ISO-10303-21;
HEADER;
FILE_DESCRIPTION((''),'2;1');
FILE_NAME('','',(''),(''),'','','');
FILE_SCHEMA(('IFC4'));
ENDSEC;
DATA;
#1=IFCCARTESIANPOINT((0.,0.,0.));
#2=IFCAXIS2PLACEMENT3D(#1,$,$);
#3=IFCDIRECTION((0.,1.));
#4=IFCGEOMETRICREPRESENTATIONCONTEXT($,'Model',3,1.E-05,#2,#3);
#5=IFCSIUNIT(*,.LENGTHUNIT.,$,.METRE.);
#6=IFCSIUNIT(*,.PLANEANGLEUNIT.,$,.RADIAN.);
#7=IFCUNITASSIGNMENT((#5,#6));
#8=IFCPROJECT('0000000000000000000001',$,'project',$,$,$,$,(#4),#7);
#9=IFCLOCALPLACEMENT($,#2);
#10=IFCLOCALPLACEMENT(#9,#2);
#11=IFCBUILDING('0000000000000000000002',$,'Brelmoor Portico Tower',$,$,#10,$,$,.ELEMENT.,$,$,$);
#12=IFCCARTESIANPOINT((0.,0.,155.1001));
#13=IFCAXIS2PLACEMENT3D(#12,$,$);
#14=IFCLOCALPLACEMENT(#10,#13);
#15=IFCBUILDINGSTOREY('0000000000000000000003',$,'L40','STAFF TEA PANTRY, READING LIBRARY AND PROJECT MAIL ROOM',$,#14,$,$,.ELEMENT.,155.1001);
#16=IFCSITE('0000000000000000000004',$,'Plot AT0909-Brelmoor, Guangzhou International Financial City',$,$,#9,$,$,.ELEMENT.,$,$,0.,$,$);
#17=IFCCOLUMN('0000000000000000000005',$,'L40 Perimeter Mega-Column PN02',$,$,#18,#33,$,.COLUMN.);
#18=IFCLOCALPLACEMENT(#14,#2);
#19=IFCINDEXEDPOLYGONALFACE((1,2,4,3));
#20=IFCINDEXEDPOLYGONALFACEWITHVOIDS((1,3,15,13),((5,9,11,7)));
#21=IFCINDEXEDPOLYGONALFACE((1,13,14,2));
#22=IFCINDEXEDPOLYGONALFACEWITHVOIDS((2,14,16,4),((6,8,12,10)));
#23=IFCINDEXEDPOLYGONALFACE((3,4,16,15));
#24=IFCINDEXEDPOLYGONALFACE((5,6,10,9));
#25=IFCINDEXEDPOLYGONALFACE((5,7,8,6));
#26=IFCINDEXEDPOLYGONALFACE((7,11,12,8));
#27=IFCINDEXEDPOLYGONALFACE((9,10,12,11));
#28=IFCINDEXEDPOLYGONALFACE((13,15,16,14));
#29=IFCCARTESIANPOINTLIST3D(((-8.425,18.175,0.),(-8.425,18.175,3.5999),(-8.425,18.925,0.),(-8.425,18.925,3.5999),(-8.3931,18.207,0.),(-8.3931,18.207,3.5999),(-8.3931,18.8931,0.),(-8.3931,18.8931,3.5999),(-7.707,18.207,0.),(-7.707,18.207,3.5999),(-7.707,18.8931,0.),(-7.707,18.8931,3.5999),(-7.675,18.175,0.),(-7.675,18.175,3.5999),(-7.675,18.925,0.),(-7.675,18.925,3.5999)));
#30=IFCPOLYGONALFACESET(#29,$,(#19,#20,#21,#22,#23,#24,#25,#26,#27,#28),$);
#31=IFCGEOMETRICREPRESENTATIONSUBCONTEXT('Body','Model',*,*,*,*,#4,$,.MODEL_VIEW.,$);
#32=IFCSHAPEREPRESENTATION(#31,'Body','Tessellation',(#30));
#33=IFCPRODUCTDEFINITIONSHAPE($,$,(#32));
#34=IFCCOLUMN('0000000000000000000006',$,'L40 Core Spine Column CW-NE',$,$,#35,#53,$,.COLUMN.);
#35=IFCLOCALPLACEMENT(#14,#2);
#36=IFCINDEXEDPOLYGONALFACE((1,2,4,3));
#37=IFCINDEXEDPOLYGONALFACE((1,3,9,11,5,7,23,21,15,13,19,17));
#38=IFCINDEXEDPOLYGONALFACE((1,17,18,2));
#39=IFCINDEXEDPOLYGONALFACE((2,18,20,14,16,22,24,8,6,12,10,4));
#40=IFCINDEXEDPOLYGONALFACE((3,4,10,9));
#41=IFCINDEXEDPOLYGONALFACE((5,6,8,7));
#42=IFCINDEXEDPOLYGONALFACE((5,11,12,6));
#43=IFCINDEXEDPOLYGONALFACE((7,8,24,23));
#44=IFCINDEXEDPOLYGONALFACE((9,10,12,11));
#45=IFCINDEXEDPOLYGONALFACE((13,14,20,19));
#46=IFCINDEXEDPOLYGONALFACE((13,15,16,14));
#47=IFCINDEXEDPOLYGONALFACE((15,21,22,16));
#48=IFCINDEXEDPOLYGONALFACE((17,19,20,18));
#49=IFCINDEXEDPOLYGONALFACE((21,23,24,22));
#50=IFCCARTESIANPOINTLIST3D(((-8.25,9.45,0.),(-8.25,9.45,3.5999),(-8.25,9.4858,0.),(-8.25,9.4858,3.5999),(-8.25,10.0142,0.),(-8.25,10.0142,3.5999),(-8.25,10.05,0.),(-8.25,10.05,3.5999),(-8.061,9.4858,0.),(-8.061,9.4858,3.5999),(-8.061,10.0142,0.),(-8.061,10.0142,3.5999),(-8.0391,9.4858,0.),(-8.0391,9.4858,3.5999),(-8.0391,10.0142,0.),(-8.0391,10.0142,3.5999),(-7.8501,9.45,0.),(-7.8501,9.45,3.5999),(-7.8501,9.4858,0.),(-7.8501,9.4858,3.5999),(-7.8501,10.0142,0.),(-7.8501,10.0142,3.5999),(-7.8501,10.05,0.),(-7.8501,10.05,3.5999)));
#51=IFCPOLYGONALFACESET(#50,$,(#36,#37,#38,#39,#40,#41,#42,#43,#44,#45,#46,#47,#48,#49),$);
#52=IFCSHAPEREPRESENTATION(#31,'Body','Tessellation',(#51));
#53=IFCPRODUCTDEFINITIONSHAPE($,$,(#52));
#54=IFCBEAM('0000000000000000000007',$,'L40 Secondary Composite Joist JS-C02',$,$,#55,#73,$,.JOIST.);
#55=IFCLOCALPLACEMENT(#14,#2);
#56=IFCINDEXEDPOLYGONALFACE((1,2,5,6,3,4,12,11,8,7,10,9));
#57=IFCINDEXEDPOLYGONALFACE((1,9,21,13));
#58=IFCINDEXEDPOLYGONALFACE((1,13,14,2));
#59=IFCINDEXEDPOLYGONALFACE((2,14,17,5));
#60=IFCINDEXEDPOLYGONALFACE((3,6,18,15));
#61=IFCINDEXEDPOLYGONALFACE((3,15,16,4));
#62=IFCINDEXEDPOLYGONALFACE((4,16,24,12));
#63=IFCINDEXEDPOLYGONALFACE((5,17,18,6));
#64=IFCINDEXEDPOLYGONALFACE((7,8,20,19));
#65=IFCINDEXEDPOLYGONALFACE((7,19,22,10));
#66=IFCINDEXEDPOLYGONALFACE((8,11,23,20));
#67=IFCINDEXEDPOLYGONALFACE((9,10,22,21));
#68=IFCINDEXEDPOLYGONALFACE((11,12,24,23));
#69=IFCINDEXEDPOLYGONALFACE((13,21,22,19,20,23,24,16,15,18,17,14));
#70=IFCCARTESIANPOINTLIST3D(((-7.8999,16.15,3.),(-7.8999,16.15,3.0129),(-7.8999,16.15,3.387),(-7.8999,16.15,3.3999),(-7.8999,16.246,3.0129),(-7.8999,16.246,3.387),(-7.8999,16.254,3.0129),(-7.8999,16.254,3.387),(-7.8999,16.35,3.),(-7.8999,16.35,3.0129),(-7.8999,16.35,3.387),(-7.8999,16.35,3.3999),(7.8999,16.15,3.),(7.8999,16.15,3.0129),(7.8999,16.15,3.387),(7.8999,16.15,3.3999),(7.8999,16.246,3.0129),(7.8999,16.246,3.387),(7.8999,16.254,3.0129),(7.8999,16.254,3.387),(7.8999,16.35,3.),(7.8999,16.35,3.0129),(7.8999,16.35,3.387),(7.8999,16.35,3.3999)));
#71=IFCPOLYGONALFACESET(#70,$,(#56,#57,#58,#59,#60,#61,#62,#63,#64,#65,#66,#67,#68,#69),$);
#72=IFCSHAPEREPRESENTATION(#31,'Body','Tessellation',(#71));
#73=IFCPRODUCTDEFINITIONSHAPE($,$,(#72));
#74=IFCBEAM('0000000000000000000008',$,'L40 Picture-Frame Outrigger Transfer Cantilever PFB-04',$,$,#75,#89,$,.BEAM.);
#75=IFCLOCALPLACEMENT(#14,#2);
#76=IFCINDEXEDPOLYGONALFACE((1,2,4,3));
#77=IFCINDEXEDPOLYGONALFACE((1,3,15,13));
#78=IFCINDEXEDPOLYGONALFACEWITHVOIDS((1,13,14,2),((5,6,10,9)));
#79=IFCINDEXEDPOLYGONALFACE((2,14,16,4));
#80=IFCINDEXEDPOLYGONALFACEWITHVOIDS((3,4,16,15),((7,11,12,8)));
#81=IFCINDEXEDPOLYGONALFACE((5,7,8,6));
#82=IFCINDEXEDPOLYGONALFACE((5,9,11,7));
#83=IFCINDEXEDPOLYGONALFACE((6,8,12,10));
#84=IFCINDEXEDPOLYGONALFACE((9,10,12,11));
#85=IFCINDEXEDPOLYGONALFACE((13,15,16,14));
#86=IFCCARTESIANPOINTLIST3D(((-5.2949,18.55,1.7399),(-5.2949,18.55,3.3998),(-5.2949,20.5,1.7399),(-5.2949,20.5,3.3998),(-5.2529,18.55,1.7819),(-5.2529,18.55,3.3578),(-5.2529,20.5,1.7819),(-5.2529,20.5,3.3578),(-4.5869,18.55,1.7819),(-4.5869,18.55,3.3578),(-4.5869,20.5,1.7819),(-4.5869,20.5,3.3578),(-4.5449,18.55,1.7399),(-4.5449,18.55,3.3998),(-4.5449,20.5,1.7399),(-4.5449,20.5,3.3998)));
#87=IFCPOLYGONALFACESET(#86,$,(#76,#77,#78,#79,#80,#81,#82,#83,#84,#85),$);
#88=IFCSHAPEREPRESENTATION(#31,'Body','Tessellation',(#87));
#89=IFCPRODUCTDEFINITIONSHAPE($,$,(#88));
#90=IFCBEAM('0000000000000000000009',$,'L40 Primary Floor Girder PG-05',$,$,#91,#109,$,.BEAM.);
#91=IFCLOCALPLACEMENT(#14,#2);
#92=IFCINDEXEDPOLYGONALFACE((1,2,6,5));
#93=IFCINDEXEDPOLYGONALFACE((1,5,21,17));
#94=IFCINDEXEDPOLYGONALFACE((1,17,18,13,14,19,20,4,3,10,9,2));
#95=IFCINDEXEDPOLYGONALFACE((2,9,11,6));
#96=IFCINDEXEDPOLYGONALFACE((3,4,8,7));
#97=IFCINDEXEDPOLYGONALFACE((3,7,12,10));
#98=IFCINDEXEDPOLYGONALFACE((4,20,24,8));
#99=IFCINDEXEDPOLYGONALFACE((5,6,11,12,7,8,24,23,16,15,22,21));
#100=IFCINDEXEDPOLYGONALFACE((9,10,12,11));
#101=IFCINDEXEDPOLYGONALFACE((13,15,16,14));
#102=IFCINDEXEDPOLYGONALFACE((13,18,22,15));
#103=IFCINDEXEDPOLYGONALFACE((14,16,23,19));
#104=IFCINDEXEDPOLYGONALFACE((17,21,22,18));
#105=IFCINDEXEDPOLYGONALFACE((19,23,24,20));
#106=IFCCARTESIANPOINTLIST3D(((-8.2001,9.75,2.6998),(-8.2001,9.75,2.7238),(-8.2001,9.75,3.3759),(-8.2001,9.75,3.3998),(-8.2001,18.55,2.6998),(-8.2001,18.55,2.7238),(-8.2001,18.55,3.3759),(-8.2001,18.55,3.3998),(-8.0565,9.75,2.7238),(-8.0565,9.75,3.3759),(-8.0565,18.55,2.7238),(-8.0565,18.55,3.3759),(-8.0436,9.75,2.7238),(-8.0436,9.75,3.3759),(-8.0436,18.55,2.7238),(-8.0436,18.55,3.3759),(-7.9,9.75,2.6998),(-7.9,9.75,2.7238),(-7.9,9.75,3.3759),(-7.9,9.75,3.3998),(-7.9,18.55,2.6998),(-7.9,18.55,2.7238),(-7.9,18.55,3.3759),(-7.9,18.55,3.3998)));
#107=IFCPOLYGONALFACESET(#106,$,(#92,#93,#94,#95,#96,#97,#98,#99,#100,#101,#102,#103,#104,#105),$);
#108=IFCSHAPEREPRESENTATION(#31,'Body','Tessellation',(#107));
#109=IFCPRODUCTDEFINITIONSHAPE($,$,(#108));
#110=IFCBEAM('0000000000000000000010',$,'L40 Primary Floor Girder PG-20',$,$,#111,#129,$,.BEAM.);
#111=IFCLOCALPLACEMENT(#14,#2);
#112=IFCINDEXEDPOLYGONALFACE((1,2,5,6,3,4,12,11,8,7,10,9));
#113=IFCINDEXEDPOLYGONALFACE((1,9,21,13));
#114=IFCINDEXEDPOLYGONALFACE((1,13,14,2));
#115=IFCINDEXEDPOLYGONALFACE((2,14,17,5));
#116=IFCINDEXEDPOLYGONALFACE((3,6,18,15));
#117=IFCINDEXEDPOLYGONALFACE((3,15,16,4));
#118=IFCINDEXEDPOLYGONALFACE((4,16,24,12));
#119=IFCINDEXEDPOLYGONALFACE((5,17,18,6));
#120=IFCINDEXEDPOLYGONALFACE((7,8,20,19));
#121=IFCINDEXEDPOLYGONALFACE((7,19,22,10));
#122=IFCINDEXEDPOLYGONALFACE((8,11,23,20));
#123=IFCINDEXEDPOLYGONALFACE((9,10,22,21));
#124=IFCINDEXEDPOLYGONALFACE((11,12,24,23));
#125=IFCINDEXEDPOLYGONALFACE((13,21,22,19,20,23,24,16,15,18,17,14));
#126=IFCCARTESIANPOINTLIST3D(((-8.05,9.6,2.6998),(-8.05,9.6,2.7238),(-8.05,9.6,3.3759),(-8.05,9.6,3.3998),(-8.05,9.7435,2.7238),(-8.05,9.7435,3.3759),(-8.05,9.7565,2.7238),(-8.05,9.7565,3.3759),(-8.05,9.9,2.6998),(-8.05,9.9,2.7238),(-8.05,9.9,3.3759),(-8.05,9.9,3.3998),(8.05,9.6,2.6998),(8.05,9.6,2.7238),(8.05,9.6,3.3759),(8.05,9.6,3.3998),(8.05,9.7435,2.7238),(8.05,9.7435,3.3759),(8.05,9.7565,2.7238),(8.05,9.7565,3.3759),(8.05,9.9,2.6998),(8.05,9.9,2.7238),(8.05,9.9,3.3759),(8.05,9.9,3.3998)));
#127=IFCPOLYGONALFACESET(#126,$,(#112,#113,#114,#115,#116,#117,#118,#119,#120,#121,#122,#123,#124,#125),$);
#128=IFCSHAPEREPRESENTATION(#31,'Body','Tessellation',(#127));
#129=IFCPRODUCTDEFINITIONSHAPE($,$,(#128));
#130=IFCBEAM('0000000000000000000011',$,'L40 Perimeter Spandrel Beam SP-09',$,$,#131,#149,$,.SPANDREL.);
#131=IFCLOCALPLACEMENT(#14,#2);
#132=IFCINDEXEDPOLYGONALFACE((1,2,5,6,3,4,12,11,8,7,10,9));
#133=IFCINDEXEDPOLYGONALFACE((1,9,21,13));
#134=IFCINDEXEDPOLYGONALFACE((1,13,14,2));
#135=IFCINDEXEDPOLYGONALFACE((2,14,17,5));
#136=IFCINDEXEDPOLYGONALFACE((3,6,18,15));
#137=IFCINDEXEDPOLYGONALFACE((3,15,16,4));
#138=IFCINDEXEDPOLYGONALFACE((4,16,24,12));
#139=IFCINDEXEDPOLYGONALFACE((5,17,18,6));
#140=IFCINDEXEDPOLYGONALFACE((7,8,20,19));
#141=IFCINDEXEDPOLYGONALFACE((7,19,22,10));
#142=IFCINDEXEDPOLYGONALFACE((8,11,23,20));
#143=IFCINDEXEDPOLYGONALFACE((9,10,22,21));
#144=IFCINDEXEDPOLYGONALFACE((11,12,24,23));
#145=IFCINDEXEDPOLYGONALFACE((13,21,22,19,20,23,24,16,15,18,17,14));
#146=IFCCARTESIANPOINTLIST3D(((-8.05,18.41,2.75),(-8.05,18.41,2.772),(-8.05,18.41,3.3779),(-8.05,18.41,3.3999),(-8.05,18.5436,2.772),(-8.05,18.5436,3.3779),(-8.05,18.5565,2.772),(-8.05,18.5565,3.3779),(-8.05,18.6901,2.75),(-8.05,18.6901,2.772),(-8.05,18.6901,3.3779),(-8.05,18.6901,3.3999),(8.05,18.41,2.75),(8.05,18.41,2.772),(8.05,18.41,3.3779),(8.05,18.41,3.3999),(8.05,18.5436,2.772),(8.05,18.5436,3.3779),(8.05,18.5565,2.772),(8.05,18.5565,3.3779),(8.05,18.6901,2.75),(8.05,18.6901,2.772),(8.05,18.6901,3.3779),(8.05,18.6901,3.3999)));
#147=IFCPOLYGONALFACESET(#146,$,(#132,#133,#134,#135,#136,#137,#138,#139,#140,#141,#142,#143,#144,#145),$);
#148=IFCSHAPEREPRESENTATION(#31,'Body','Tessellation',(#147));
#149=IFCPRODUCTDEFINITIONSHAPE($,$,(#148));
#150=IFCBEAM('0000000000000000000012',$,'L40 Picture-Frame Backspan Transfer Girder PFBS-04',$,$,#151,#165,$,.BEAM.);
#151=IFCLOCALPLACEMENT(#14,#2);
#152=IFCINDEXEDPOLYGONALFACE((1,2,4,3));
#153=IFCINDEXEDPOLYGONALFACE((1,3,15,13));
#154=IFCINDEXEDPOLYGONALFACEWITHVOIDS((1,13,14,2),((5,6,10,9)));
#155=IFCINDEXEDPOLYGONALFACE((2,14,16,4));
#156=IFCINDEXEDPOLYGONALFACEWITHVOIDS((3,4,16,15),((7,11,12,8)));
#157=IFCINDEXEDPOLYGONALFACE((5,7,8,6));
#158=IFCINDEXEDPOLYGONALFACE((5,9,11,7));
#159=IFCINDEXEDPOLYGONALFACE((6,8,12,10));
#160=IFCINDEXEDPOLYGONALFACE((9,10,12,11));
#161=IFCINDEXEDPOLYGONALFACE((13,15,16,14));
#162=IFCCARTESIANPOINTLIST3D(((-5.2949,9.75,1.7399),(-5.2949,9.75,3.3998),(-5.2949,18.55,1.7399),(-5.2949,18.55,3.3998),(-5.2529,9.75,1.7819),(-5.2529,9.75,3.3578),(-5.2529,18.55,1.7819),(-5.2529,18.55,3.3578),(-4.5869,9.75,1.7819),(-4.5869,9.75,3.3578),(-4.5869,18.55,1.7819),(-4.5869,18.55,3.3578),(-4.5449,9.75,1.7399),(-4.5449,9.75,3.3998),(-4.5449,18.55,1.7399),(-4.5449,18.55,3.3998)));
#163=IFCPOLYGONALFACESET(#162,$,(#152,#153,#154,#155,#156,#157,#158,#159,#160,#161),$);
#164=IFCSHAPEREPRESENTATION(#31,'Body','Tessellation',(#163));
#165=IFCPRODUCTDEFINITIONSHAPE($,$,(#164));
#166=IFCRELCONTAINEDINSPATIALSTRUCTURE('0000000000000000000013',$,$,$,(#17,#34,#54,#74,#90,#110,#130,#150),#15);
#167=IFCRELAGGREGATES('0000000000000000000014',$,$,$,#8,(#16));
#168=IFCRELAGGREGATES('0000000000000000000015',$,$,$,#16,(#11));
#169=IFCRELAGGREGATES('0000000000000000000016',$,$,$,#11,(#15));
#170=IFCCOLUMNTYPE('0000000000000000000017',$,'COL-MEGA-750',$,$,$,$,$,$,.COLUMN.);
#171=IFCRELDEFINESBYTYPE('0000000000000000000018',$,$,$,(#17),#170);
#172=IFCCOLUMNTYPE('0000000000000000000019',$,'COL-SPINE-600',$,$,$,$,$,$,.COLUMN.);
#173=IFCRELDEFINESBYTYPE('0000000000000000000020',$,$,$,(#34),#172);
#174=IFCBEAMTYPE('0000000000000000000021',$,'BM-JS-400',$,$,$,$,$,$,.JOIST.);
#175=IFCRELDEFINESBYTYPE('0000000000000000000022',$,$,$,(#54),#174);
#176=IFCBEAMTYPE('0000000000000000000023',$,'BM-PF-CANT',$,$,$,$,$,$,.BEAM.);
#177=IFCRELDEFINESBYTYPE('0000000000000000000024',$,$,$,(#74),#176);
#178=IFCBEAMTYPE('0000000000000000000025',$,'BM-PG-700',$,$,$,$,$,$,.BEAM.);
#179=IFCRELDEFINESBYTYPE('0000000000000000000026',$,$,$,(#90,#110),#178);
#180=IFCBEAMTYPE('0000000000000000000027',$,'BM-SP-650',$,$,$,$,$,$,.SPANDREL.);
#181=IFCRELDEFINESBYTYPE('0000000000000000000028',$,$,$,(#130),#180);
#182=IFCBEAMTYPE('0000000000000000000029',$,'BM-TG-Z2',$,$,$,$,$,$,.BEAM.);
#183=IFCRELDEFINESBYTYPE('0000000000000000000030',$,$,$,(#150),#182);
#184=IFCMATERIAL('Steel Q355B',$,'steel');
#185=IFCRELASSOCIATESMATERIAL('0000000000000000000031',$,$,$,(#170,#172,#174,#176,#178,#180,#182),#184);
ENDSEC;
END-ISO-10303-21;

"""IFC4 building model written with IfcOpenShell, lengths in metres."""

from ifc_helpers import new_model, si_unit, direction, frame, origin, origin_2d, place, context, subcontext, project, spatial, hollow_rectangle, i_section, extrude, material, material_profile, profile_set, type_object, element, save


model = new_model("IFC4")

# Units and contexts
model_context = context("Model", 3, precision=1e-05, world=origin(), true_north=direction((0.0, 1.0)))
body_context = subcontext(model_context, "Body", "Model", "MODEL_VIEW")
ifc_project = project(units=[si_unit("LENGTHUNIT", "METRE"), si_unit("PLANEANGLEUNIT", "RADIAN")], contexts=[model_context])

# Site, building, storey
site_placement = place(None, origin())
site = spatial("IfcSite", under=ifc_project, at=site_placement, Name="Plot AT0909-Brelmoor, Guangzhou International Financial City", CompositionType="ELEMENT", RefElevation=0.0)
building_placement = place(site_placement, origin())
building = spatial("IfcBuilding", under=site, at=building_placement, Name="Brelmoor Portico Tower", CompositionType="ELEMENT")
storey_placement = place(building_placement, frame((0.0, 0.0, 155.1001)))
storey = spatial("IfcBuildingStorey", under=building, at=storey_placement, Name="L40", Description="STAFF TEA PANTRY, READING LIBRARY AND PROJECT MAIL ROOM", CompositionType="ELEMENT", Elevation=155.1001)

# Columns
ifc_material_1 = material(Name="Steel Q355B", Category="steel")
ifc_material_profile_1 = material_profile(ifc_material_1, hollow_rectangle(XDim=0.75, YDim=0.75, WallThickness=0.032, at=origin_2d()), Name="BOX 750x750x32")
ifc_profile_set_1 = profile_set([ifc_material_profile_1], Name="Steel Q355B")
column_type_1 = type_object("IfcColumnType", Name="COL-MEGA-750", PredefinedType="COLUMN", material=ifc_profile_set_1)
column_1_placement = place(storey_placement, frame((-8.05, 18.55, 0.0), z_axis=(0.0, 0.0, 1.0), x_axis=(1.0, 0.0, 0.0)))
element("IfcColumn", 1, at=column_1_placement, inside=storey, type_object=column_type_1, Name="L40 Perimeter Mega-Column PN02", PredefinedType="COLUMN", context=body_context, shape_type="SweptSolid", body=[
    extrude(hollow_rectangle(XDim=0.75, YDim=0.75, WallThickness=0.032, at=origin_2d()), origin(), (0.0, 0.0, 1.0), 3.5999),
])
ifc_material_profile_2 = material_profile(ifc_material_1, i_section(OverallWidth=0.3999, OverallDepth=0.6001, WebThickness=0.022, FlangeThickness=0.0359, at=origin_2d()), Name="HW 600x400x22x36")
ifc_profile_set_2 = profile_set([ifc_material_profile_2], Name="Steel Q355B")
column_type_2 = type_object("IfcColumnType", Name="COL-SPINE-600", PredefinedType="COLUMN", material=ifc_profile_set_2)
column_2_placement = place(storey_placement, frame((-8.05, 9.75, 0.0), z_axis=(0.0, 0.0, 1.0), x_axis=(1.0, 0.0, 0.0)))
element("IfcColumn", 2, at=column_2_placement, inside=storey, type_object=column_type_2, Name="L40 Core Spine Column CW-NE", PredefinedType="COLUMN", context=body_context, shape_type="SweptSolid", body=[
    extrude(i_section(OverallWidth=0.3999, OverallDepth=0.6001, WebThickness=0.022, FlangeThickness=0.0359, at=origin_2d()), origin(), (0.0, 0.0, 1.0), 3.5999),
])

# Beams
ifc_material_profile_3 = material_profile(ifc_material_1, i_section(OverallWidth=0.2, OverallDepth=0.3999, WebThickness=0.0081, FlangeThickness=0.0129, at=origin_2d()), Name="HN 400x200x8x13")
ifc_profile_set_3 = profile_set([ifc_material_profile_3], Name="Steel Q355B")
beam_type_1 = type_object("IfcBeamType", Name="BM-JS-400", PredefinedType="JOIST", material=ifc_profile_set_3)
beam_1_placement = place(storey_placement, frame((-7.8999, 16.25, 3.2), z_axis=(1.0, 0.0, 0.0), x_axis=(0.0, 1.0, 0.0)))
element("IfcBeam", 3, at=beam_1_placement, inside=storey, type_object=beam_type_1, Name="L40 Secondary Composite Joist JS-C02", PredefinedType="JOIST", context=body_context, shape_type="SweptSolid", body=[
    extrude(i_section(OverallWidth=0.2, OverallDepth=0.3999, WebThickness=0.0081, FlangeThickness=0.0129, at=origin_2d()), origin(), (0.0, 0.0, 1.0), 15.7998),
])
ifc_material_profile_4 = material_profile(ifc_material_1, hollow_rectangle(XDim=0.75, YDim=1.6599, WallThickness=0.042, at=origin_2d()), Name="BOX 750x1660x42")
ifc_profile_set_4 = profile_set([ifc_material_profile_4], Name="Steel Q355B")
beam_type_2 = type_object("IfcBeamType", Name="BM-PF-CANT", PredefinedType="BEAM", material=ifc_profile_set_4)
beam_2_placement = place(storey_placement, frame((-4.9199, 18.55, 2.5698), z_axis=(0.0, 1.0, 0.0), x_axis=(-1.0, 0.0, 0.0)))
element("IfcBeam", 4, at=beam_2_placement, inside=storey, type_object=beam_type_2, Name="L40 Picture-Frame Outrigger Transfer Cantilever PFB-04", PredefinedType="BEAM", context=body_context, shape_type="SweptSolid", body=[
    extrude(hollow_rectangle(XDim=0.75, YDim=1.6599, WallThickness=0.042, at=origin_2d()), origin(), (0.0, 0.0, 1.0), 1.95),
])
ifc_material_profile_5 = material_profile(ifc_material_1, i_section(OverallWidth=0.3, OverallDepth=0.7, WebThickness=0.0129, FlangeThickness=0.0239, at=origin_2d()), Name="HN 700x300x13x24")
ifc_profile_set_5 = profile_set([ifc_material_profile_5], Name="Steel Q355B")
beam_type_3 = type_object("IfcBeamType", Name="BM-PG-700", PredefinedType="BEAM", material=ifc_profile_set_5)
beam_3_placement = place(storey_placement, frame((-8.05, 9.75, 3.0498), z_axis=(0.0, 1.0, 0.0), x_axis=(-1.0, 0.0, 0.0)))
element("IfcBeam", 5, at=beam_3_placement, inside=storey, type_object=beam_type_3, Name="L40 Primary Floor Girder PG-05", PredefinedType="BEAM", context=body_context, shape_type="SweptSolid", body=[
    extrude(i_section(OverallWidth=0.3, OverallDepth=0.7, WebThickness=0.0129, FlangeThickness=0.0239, at=origin_2d()), origin(), (0.0, 0.0, 1.0), 8.8),
])
beam_4_placement = place(storey_placement, frame((-8.05, 9.75, 3.0498), z_axis=(1.0, 0.0, 0.0), x_axis=(0.0, 1.0, 0.0)))
element("IfcBeam", 6, at=beam_4_placement, inside=storey, type_object=beam_type_3, Name="L40 Primary Floor Girder PG-20", PredefinedType="BEAM", context=body_context, shape_type="SweptSolid", body=[
    extrude(i_section(OverallWidth=0.3, OverallDepth=0.7, WebThickness=0.0129, FlangeThickness=0.0239, at=origin_2d()), origin(), (0.0, 0.0, 1.0), 16.1001),
])
ifc_material_profile_6 = material_profile(ifc_material_1, i_section(OverallWidth=0.28, OverallDepth=0.6499, WebThickness=0.0129, FlangeThickness=0.022, at=origin_2d()), Name="HN 650x280x13x22")
ifc_profile_set_6 = profile_set([ifc_material_profile_6], Name="Steel Q355B")
beam_type_4 = type_object("IfcBeamType", Name="BM-SP-650", PredefinedType="SPANDREL", material=ifc_profile_set_6)
beam_5_placement = place(storey_placement, frame((-8.05, 18.55, 3.075), z_axis=(1.0, 0.0, 0.0), x_axis=(0.0, 1.0, 0.0)))
element("IfcBeam", 7, at=beam_5_placement, inside=storey, type_object=beam_type_4, Name="L40 Perimeter Spandrel Beam SP-09", PredefinedType="SPANDREL", context=body_context, shape_type="SweptSolid", body=[
    extrude(i_section(OverallWidth=0.28, OverallDepth=0.6499, WebThickness=0.0129, FlangeThickness=0.022, at=origin_2d()), origin(), (0.0, 0.0, 1.0), 16.1001),
])
ifc_material_profile_7 = material_profile(ifc_material_1, hollow_rectangle(XDim=0.75, YDim=1.6599, WallThickness=0.042, at=origin_2d()), Name="BOX 750x1660x42")
ifc_profile_set_7 = profile_set([ifc_material_profile_7], Name="Steel Q355B")
beam_type_5 = type_object("IfcBeamType", Name="BM-TG-Z2", PredefinedType="BEAM", material=ifc_profile_set_7)
beam_6_placement = place(storey_placement, frame((-4.9199, 9.75, 2.5698), z_axis=(0.0, 1.0, 0.0), x_axis=(-1.0, 0.0, 0.0)))
element("IfcBeam", 8, at=beam_6_placement, inside=storey, type_object=beam_type_5, Name="L40 Picture-Frame Backspan Transfer Girder PFBS-04", PredefinedType="BEAM", context=body_context, shape_type="SweptSolid", body=[
    extrude(hollow_rectangle(XDim=0.75, YDim=1.6599, WallThickness=0.042, at=origin_2d()), origin(), (0.0, 0.0, 1.0), 8.8),
])

save(model, "model.ifc")
